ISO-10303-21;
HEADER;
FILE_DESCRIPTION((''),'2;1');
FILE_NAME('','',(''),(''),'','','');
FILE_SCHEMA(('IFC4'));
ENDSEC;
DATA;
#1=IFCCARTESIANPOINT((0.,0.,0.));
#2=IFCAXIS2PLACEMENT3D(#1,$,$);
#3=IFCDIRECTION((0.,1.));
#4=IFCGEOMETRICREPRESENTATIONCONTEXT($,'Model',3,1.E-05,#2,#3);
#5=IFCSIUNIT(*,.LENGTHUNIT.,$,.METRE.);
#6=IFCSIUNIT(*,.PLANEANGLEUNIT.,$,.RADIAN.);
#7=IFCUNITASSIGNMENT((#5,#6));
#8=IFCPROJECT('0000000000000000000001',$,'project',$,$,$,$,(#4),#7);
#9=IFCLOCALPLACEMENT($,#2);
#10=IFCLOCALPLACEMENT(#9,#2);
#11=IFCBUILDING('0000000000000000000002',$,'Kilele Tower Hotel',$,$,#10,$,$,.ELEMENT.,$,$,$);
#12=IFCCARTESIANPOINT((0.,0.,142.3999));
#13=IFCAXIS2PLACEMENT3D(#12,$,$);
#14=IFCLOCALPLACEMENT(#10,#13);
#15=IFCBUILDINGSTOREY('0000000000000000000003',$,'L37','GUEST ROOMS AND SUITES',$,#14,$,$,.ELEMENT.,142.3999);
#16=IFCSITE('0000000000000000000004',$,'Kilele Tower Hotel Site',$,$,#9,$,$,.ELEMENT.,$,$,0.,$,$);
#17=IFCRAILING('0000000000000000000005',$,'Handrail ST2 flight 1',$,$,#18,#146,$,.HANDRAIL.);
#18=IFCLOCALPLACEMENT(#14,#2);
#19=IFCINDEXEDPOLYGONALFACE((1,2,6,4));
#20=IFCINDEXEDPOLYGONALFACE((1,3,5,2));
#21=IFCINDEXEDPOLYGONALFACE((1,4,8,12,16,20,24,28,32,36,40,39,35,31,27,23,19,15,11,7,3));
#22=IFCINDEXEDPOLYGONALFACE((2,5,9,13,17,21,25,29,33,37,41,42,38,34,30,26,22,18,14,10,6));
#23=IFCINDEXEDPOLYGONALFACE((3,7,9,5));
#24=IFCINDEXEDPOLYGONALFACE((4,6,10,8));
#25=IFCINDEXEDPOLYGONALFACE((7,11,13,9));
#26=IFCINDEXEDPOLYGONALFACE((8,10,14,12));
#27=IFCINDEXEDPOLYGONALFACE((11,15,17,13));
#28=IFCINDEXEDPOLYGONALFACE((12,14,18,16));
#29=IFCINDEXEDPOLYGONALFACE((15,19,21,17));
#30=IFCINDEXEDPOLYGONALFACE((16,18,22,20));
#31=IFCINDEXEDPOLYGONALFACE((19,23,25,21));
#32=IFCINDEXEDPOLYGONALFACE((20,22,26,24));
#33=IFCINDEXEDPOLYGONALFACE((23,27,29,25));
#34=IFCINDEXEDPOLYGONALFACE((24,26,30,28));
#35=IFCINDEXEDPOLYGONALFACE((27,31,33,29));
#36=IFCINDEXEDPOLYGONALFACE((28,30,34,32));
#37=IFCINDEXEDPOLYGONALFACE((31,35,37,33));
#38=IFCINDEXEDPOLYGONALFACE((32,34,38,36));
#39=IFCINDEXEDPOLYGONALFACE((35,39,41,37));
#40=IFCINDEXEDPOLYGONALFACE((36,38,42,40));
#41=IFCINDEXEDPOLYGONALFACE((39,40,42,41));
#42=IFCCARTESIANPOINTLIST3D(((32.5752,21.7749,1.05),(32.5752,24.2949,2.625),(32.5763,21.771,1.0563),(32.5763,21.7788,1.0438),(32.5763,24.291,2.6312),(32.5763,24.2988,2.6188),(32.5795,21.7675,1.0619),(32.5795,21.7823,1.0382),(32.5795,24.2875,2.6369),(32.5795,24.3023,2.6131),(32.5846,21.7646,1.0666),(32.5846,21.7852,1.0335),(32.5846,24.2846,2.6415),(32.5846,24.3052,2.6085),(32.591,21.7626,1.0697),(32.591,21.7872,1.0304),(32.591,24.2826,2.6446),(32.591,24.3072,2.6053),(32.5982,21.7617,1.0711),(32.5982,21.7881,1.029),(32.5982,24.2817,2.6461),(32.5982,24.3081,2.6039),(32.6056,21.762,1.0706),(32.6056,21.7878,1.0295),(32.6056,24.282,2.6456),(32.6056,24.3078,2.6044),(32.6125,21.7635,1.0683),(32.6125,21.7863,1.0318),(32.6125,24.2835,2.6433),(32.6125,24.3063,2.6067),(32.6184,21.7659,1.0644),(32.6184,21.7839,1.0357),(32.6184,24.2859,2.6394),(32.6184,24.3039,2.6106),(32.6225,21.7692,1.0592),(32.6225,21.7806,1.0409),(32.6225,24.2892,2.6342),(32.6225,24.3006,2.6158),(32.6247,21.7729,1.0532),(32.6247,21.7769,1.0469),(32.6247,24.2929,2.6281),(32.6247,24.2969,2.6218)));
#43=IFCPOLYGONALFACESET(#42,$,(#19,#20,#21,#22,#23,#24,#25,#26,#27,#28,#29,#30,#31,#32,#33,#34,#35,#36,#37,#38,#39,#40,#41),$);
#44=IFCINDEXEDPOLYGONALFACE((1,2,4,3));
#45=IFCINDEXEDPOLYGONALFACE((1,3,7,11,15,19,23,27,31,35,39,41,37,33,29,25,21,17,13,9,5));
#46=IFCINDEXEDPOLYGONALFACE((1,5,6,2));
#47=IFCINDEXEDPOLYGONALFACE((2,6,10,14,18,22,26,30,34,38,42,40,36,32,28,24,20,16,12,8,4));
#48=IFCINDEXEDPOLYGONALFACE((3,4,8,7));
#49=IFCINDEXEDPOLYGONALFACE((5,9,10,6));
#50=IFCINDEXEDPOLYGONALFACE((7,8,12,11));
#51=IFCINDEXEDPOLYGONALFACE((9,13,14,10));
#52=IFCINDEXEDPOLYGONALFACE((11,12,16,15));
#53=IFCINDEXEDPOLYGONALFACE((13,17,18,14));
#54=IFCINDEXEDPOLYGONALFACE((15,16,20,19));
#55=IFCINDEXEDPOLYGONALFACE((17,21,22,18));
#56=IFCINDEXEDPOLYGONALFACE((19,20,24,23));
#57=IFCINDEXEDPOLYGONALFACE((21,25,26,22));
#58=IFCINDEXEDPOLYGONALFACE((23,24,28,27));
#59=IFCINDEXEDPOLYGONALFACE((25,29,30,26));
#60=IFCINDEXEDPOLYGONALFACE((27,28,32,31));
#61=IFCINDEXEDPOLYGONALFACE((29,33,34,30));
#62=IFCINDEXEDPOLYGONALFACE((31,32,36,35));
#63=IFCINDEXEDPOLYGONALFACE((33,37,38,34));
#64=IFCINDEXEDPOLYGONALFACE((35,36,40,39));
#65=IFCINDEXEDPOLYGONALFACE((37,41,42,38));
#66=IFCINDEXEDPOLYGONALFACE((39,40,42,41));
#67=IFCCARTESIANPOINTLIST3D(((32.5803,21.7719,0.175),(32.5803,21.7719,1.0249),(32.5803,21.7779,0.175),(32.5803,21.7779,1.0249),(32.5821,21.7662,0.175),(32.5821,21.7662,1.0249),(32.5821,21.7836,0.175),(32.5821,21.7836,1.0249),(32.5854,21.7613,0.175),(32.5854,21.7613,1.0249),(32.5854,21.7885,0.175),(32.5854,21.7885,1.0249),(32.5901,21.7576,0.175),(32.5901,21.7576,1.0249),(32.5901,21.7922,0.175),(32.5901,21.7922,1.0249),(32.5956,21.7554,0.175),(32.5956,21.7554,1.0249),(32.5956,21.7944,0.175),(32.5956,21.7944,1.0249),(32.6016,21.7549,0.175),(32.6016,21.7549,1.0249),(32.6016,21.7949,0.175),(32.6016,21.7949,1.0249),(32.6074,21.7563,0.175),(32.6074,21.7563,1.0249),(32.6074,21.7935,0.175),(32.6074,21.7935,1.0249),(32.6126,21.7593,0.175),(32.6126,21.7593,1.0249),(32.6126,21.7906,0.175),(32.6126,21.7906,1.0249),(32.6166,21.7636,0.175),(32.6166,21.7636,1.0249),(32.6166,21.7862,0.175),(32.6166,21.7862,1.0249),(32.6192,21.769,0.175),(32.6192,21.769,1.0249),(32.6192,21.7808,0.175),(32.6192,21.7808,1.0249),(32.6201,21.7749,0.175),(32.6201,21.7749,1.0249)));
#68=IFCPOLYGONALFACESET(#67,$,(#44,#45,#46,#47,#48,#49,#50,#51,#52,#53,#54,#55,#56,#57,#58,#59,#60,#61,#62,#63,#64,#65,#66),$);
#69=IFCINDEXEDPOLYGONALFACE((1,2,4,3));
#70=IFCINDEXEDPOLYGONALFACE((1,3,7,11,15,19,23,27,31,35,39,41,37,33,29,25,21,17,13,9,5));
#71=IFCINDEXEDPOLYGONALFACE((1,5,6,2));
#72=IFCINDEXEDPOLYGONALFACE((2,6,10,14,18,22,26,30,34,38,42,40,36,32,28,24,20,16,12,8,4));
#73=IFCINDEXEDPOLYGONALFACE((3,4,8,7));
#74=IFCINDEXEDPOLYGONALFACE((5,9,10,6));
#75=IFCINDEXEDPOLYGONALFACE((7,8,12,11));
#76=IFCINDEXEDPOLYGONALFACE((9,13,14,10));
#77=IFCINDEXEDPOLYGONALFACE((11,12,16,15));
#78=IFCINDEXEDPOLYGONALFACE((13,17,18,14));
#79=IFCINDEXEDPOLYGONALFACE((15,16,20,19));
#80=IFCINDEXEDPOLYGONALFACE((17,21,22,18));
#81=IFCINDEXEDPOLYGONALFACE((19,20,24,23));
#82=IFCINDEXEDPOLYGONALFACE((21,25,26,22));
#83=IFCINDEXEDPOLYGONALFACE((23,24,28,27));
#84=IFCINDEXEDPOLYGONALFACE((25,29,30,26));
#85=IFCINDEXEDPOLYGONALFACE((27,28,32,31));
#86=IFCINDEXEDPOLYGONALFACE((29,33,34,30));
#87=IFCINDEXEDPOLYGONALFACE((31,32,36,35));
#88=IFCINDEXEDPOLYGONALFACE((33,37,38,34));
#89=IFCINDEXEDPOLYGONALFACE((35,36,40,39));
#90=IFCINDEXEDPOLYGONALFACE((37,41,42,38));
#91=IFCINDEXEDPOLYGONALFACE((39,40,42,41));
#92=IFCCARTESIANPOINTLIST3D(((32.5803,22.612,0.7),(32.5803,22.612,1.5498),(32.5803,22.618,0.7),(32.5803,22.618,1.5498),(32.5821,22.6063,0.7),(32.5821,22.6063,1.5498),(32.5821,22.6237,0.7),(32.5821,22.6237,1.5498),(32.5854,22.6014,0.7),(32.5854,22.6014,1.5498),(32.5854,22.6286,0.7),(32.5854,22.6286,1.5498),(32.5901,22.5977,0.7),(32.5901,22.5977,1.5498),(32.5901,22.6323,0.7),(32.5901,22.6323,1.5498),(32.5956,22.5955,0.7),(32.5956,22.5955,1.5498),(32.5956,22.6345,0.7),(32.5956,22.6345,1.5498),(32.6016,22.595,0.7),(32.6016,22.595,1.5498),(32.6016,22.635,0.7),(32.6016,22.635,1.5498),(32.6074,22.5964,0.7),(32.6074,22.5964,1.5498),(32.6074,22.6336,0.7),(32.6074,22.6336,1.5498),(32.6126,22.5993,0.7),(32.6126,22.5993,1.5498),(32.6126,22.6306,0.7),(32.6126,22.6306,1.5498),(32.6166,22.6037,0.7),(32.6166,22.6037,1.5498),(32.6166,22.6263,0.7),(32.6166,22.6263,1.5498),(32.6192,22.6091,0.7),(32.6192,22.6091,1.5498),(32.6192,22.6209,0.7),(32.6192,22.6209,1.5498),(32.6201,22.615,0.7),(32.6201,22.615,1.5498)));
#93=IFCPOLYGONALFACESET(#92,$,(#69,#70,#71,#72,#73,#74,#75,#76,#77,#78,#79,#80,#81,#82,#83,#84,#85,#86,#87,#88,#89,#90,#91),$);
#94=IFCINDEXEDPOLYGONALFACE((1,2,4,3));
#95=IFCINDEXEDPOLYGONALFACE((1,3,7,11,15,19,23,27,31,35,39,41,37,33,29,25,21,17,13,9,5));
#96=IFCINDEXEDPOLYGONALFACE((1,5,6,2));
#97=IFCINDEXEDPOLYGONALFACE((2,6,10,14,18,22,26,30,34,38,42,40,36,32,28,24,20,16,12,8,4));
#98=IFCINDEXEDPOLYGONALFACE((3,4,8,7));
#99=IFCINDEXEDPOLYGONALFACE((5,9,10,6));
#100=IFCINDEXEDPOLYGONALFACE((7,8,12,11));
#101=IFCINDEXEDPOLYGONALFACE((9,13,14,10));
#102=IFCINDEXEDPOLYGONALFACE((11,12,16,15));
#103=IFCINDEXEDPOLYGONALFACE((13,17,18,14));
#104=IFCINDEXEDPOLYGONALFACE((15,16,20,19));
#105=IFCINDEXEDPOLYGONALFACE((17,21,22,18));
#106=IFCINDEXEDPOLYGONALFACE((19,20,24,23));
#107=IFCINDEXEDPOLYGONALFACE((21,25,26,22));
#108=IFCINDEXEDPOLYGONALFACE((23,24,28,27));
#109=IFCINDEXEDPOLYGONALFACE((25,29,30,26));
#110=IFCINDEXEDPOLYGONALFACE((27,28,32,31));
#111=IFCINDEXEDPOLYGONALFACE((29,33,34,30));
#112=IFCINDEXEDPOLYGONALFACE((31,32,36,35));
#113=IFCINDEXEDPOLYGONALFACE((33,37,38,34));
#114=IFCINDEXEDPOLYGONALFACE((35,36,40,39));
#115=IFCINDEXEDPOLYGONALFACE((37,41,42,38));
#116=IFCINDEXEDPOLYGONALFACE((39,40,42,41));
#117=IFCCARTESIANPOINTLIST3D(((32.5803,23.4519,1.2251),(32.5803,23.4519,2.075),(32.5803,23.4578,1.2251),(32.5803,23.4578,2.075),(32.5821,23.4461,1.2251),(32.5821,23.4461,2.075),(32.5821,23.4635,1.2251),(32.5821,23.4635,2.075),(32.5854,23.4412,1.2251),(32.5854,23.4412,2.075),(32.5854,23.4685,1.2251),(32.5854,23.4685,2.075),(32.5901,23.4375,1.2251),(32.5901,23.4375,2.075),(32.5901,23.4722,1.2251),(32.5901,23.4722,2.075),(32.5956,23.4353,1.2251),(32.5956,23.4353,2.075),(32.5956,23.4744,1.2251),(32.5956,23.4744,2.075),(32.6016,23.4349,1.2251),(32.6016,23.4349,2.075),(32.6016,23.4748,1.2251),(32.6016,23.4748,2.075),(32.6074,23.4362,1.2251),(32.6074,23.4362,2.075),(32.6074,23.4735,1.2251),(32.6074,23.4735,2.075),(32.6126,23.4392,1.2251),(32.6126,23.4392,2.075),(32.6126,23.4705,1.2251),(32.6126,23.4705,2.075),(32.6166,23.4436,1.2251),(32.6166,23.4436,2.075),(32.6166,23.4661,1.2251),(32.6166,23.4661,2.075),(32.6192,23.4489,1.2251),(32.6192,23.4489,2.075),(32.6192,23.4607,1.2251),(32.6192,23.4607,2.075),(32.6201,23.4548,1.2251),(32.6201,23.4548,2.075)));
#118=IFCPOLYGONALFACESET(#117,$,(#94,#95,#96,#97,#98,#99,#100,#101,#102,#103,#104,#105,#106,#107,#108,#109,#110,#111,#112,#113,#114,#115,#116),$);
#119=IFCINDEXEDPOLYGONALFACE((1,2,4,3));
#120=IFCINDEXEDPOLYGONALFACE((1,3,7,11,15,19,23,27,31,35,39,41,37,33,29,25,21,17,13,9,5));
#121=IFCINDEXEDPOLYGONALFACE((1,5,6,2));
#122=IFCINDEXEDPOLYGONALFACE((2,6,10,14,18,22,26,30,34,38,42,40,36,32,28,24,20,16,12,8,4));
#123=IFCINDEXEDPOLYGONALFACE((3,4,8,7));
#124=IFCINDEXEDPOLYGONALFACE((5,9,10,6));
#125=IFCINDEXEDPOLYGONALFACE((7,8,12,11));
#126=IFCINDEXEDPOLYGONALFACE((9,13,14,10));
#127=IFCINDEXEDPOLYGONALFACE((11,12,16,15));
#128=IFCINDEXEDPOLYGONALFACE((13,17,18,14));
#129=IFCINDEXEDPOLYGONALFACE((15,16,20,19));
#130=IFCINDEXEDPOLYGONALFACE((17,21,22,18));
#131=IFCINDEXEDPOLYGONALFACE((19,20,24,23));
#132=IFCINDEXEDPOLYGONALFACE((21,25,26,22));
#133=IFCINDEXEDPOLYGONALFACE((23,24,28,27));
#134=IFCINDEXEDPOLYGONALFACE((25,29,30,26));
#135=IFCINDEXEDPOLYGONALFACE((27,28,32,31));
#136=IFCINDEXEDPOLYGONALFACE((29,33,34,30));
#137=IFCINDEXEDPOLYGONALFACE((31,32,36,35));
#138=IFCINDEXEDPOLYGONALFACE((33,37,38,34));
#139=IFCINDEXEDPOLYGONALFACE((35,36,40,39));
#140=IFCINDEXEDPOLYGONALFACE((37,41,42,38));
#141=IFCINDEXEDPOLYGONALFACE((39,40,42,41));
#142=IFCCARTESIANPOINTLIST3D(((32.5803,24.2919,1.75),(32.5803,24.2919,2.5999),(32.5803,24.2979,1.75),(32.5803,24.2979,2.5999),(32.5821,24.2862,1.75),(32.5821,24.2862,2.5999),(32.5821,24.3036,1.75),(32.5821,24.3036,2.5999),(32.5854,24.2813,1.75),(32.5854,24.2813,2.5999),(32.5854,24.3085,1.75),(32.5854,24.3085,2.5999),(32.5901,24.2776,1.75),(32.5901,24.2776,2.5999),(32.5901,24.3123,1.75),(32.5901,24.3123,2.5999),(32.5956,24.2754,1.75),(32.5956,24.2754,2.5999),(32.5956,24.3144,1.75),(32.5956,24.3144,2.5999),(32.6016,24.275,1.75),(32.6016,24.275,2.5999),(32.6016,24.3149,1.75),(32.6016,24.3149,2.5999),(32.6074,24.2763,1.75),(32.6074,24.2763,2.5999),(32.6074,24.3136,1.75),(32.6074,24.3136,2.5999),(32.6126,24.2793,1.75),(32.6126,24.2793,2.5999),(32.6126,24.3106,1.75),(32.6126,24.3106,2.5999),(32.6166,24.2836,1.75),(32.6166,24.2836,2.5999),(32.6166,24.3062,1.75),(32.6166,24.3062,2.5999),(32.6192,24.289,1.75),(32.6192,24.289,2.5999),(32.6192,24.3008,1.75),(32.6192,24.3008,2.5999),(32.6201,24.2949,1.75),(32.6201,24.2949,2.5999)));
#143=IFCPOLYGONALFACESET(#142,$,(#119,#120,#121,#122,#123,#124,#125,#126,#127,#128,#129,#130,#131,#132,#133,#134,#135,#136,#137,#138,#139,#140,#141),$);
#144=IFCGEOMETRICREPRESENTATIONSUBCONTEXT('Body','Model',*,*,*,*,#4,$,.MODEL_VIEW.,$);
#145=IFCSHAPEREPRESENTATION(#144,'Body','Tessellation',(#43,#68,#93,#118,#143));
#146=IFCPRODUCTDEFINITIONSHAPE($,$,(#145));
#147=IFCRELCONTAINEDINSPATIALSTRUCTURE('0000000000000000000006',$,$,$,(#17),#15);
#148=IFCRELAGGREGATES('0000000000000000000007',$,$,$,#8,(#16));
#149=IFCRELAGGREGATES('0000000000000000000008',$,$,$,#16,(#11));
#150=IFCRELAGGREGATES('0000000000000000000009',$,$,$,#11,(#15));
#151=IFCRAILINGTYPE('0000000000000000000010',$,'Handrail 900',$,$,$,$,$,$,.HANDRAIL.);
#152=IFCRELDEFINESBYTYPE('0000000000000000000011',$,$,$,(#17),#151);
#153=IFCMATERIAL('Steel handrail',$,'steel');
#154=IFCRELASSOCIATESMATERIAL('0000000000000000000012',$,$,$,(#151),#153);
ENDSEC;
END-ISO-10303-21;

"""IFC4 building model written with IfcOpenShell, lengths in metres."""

from ifc_helpers import new_model, si_unit, direction, frame, origin, origin_2d, place, context, subcontext, project, spatial, circle, extrude, material, type_object, element, save


model = new_model("IFC4")

# Units and contexts
model_context = context("Model", 3, precision=1e-05, world=origin(), true_north=direction((0.0, 1.0)))
body_context = subcontext(model_context, "Body", "Model", "MODEL_VIEW")
ifc_project = project(units=[si_unit("LENGTHUNIT", "METRE"), si_unit("PLANEANGLEUNIT", "RADIAN")], contexts=[model_context])

# Site, building, storey
site_placement = place(None, origin())
site = spatial("IfcSite", under=ifc_project, at=site_placement, Name="Kilele Tower Hotel Site", CompositionType="ELEMENT", RefElevation=0.0)
building_placement = place(site_placement, origin())
building = spatial("IfcBuilding", under=site, at=building_placement, Name="Kilele Tower Hotel", CompositionType="ELEMENT")
storey_placement = place(building_placement, frame((0.0, 0.0, 142.3999)))
storey = spatial("IfcBuildingStorey", under=building, at=storey_placement, Name="L37", Description="GUEST ROOMS AND SUITES", CompositionType="ELEMENT", Elevation=142.3999)

# Railing
ifc_material_1 = material(Name="Steel handrail", Category="steel")
railing_type_1 = type_object("IfcRailingType", Name="Handrail 900", PredefinedType="HANDRAIL", material=ifc_material_1)
for number, where, name in (
    (1, (32.6001, 21.7749, 0.175), "Handrail ST2 flight 1"),
):
    element("IfcRailing", number, at=place(storey_placement, frame(where)), inside=storey, type_object=railing_type_1, Name=name, PredefinedType="HANDRAIL", context=body_context, shape_type="SweptSolid", body=[
        extrude(circle(Radius=0.0249, at=origin_2d()), frame((0.0, 0.0, 0.875), z_axis=(0.0, 0.848008, 0.529984), x_axis=(-1.0, 0.0, 0.0)), (0.0, 0.0, 1.0), 2.9717),
        extrude(circle(Radius=0.02, at=origin_2d()), origin(), (0.0, 0.0, 1.0), 0.8499),
        extrude(circle(Radius=0.02, at=origin_2d()), frame((0.0, 0.8401, 0.5249)), (0.0, 0.0, 1.0), 0.8499),
        extrude(circle(Radius=0.02, at=origin_2d()), frame((0.0, 1.6799, 1.05)), (0.0, 0.0, 1.0), 0.8499),
        extrude(circle(Radius=0.02, at=origin_2d()), frame((0.0, 2.52, 1.575)), (0.0, 0.0, 1.0), 0.8499),
    ])

save(model, "model.ifc")
